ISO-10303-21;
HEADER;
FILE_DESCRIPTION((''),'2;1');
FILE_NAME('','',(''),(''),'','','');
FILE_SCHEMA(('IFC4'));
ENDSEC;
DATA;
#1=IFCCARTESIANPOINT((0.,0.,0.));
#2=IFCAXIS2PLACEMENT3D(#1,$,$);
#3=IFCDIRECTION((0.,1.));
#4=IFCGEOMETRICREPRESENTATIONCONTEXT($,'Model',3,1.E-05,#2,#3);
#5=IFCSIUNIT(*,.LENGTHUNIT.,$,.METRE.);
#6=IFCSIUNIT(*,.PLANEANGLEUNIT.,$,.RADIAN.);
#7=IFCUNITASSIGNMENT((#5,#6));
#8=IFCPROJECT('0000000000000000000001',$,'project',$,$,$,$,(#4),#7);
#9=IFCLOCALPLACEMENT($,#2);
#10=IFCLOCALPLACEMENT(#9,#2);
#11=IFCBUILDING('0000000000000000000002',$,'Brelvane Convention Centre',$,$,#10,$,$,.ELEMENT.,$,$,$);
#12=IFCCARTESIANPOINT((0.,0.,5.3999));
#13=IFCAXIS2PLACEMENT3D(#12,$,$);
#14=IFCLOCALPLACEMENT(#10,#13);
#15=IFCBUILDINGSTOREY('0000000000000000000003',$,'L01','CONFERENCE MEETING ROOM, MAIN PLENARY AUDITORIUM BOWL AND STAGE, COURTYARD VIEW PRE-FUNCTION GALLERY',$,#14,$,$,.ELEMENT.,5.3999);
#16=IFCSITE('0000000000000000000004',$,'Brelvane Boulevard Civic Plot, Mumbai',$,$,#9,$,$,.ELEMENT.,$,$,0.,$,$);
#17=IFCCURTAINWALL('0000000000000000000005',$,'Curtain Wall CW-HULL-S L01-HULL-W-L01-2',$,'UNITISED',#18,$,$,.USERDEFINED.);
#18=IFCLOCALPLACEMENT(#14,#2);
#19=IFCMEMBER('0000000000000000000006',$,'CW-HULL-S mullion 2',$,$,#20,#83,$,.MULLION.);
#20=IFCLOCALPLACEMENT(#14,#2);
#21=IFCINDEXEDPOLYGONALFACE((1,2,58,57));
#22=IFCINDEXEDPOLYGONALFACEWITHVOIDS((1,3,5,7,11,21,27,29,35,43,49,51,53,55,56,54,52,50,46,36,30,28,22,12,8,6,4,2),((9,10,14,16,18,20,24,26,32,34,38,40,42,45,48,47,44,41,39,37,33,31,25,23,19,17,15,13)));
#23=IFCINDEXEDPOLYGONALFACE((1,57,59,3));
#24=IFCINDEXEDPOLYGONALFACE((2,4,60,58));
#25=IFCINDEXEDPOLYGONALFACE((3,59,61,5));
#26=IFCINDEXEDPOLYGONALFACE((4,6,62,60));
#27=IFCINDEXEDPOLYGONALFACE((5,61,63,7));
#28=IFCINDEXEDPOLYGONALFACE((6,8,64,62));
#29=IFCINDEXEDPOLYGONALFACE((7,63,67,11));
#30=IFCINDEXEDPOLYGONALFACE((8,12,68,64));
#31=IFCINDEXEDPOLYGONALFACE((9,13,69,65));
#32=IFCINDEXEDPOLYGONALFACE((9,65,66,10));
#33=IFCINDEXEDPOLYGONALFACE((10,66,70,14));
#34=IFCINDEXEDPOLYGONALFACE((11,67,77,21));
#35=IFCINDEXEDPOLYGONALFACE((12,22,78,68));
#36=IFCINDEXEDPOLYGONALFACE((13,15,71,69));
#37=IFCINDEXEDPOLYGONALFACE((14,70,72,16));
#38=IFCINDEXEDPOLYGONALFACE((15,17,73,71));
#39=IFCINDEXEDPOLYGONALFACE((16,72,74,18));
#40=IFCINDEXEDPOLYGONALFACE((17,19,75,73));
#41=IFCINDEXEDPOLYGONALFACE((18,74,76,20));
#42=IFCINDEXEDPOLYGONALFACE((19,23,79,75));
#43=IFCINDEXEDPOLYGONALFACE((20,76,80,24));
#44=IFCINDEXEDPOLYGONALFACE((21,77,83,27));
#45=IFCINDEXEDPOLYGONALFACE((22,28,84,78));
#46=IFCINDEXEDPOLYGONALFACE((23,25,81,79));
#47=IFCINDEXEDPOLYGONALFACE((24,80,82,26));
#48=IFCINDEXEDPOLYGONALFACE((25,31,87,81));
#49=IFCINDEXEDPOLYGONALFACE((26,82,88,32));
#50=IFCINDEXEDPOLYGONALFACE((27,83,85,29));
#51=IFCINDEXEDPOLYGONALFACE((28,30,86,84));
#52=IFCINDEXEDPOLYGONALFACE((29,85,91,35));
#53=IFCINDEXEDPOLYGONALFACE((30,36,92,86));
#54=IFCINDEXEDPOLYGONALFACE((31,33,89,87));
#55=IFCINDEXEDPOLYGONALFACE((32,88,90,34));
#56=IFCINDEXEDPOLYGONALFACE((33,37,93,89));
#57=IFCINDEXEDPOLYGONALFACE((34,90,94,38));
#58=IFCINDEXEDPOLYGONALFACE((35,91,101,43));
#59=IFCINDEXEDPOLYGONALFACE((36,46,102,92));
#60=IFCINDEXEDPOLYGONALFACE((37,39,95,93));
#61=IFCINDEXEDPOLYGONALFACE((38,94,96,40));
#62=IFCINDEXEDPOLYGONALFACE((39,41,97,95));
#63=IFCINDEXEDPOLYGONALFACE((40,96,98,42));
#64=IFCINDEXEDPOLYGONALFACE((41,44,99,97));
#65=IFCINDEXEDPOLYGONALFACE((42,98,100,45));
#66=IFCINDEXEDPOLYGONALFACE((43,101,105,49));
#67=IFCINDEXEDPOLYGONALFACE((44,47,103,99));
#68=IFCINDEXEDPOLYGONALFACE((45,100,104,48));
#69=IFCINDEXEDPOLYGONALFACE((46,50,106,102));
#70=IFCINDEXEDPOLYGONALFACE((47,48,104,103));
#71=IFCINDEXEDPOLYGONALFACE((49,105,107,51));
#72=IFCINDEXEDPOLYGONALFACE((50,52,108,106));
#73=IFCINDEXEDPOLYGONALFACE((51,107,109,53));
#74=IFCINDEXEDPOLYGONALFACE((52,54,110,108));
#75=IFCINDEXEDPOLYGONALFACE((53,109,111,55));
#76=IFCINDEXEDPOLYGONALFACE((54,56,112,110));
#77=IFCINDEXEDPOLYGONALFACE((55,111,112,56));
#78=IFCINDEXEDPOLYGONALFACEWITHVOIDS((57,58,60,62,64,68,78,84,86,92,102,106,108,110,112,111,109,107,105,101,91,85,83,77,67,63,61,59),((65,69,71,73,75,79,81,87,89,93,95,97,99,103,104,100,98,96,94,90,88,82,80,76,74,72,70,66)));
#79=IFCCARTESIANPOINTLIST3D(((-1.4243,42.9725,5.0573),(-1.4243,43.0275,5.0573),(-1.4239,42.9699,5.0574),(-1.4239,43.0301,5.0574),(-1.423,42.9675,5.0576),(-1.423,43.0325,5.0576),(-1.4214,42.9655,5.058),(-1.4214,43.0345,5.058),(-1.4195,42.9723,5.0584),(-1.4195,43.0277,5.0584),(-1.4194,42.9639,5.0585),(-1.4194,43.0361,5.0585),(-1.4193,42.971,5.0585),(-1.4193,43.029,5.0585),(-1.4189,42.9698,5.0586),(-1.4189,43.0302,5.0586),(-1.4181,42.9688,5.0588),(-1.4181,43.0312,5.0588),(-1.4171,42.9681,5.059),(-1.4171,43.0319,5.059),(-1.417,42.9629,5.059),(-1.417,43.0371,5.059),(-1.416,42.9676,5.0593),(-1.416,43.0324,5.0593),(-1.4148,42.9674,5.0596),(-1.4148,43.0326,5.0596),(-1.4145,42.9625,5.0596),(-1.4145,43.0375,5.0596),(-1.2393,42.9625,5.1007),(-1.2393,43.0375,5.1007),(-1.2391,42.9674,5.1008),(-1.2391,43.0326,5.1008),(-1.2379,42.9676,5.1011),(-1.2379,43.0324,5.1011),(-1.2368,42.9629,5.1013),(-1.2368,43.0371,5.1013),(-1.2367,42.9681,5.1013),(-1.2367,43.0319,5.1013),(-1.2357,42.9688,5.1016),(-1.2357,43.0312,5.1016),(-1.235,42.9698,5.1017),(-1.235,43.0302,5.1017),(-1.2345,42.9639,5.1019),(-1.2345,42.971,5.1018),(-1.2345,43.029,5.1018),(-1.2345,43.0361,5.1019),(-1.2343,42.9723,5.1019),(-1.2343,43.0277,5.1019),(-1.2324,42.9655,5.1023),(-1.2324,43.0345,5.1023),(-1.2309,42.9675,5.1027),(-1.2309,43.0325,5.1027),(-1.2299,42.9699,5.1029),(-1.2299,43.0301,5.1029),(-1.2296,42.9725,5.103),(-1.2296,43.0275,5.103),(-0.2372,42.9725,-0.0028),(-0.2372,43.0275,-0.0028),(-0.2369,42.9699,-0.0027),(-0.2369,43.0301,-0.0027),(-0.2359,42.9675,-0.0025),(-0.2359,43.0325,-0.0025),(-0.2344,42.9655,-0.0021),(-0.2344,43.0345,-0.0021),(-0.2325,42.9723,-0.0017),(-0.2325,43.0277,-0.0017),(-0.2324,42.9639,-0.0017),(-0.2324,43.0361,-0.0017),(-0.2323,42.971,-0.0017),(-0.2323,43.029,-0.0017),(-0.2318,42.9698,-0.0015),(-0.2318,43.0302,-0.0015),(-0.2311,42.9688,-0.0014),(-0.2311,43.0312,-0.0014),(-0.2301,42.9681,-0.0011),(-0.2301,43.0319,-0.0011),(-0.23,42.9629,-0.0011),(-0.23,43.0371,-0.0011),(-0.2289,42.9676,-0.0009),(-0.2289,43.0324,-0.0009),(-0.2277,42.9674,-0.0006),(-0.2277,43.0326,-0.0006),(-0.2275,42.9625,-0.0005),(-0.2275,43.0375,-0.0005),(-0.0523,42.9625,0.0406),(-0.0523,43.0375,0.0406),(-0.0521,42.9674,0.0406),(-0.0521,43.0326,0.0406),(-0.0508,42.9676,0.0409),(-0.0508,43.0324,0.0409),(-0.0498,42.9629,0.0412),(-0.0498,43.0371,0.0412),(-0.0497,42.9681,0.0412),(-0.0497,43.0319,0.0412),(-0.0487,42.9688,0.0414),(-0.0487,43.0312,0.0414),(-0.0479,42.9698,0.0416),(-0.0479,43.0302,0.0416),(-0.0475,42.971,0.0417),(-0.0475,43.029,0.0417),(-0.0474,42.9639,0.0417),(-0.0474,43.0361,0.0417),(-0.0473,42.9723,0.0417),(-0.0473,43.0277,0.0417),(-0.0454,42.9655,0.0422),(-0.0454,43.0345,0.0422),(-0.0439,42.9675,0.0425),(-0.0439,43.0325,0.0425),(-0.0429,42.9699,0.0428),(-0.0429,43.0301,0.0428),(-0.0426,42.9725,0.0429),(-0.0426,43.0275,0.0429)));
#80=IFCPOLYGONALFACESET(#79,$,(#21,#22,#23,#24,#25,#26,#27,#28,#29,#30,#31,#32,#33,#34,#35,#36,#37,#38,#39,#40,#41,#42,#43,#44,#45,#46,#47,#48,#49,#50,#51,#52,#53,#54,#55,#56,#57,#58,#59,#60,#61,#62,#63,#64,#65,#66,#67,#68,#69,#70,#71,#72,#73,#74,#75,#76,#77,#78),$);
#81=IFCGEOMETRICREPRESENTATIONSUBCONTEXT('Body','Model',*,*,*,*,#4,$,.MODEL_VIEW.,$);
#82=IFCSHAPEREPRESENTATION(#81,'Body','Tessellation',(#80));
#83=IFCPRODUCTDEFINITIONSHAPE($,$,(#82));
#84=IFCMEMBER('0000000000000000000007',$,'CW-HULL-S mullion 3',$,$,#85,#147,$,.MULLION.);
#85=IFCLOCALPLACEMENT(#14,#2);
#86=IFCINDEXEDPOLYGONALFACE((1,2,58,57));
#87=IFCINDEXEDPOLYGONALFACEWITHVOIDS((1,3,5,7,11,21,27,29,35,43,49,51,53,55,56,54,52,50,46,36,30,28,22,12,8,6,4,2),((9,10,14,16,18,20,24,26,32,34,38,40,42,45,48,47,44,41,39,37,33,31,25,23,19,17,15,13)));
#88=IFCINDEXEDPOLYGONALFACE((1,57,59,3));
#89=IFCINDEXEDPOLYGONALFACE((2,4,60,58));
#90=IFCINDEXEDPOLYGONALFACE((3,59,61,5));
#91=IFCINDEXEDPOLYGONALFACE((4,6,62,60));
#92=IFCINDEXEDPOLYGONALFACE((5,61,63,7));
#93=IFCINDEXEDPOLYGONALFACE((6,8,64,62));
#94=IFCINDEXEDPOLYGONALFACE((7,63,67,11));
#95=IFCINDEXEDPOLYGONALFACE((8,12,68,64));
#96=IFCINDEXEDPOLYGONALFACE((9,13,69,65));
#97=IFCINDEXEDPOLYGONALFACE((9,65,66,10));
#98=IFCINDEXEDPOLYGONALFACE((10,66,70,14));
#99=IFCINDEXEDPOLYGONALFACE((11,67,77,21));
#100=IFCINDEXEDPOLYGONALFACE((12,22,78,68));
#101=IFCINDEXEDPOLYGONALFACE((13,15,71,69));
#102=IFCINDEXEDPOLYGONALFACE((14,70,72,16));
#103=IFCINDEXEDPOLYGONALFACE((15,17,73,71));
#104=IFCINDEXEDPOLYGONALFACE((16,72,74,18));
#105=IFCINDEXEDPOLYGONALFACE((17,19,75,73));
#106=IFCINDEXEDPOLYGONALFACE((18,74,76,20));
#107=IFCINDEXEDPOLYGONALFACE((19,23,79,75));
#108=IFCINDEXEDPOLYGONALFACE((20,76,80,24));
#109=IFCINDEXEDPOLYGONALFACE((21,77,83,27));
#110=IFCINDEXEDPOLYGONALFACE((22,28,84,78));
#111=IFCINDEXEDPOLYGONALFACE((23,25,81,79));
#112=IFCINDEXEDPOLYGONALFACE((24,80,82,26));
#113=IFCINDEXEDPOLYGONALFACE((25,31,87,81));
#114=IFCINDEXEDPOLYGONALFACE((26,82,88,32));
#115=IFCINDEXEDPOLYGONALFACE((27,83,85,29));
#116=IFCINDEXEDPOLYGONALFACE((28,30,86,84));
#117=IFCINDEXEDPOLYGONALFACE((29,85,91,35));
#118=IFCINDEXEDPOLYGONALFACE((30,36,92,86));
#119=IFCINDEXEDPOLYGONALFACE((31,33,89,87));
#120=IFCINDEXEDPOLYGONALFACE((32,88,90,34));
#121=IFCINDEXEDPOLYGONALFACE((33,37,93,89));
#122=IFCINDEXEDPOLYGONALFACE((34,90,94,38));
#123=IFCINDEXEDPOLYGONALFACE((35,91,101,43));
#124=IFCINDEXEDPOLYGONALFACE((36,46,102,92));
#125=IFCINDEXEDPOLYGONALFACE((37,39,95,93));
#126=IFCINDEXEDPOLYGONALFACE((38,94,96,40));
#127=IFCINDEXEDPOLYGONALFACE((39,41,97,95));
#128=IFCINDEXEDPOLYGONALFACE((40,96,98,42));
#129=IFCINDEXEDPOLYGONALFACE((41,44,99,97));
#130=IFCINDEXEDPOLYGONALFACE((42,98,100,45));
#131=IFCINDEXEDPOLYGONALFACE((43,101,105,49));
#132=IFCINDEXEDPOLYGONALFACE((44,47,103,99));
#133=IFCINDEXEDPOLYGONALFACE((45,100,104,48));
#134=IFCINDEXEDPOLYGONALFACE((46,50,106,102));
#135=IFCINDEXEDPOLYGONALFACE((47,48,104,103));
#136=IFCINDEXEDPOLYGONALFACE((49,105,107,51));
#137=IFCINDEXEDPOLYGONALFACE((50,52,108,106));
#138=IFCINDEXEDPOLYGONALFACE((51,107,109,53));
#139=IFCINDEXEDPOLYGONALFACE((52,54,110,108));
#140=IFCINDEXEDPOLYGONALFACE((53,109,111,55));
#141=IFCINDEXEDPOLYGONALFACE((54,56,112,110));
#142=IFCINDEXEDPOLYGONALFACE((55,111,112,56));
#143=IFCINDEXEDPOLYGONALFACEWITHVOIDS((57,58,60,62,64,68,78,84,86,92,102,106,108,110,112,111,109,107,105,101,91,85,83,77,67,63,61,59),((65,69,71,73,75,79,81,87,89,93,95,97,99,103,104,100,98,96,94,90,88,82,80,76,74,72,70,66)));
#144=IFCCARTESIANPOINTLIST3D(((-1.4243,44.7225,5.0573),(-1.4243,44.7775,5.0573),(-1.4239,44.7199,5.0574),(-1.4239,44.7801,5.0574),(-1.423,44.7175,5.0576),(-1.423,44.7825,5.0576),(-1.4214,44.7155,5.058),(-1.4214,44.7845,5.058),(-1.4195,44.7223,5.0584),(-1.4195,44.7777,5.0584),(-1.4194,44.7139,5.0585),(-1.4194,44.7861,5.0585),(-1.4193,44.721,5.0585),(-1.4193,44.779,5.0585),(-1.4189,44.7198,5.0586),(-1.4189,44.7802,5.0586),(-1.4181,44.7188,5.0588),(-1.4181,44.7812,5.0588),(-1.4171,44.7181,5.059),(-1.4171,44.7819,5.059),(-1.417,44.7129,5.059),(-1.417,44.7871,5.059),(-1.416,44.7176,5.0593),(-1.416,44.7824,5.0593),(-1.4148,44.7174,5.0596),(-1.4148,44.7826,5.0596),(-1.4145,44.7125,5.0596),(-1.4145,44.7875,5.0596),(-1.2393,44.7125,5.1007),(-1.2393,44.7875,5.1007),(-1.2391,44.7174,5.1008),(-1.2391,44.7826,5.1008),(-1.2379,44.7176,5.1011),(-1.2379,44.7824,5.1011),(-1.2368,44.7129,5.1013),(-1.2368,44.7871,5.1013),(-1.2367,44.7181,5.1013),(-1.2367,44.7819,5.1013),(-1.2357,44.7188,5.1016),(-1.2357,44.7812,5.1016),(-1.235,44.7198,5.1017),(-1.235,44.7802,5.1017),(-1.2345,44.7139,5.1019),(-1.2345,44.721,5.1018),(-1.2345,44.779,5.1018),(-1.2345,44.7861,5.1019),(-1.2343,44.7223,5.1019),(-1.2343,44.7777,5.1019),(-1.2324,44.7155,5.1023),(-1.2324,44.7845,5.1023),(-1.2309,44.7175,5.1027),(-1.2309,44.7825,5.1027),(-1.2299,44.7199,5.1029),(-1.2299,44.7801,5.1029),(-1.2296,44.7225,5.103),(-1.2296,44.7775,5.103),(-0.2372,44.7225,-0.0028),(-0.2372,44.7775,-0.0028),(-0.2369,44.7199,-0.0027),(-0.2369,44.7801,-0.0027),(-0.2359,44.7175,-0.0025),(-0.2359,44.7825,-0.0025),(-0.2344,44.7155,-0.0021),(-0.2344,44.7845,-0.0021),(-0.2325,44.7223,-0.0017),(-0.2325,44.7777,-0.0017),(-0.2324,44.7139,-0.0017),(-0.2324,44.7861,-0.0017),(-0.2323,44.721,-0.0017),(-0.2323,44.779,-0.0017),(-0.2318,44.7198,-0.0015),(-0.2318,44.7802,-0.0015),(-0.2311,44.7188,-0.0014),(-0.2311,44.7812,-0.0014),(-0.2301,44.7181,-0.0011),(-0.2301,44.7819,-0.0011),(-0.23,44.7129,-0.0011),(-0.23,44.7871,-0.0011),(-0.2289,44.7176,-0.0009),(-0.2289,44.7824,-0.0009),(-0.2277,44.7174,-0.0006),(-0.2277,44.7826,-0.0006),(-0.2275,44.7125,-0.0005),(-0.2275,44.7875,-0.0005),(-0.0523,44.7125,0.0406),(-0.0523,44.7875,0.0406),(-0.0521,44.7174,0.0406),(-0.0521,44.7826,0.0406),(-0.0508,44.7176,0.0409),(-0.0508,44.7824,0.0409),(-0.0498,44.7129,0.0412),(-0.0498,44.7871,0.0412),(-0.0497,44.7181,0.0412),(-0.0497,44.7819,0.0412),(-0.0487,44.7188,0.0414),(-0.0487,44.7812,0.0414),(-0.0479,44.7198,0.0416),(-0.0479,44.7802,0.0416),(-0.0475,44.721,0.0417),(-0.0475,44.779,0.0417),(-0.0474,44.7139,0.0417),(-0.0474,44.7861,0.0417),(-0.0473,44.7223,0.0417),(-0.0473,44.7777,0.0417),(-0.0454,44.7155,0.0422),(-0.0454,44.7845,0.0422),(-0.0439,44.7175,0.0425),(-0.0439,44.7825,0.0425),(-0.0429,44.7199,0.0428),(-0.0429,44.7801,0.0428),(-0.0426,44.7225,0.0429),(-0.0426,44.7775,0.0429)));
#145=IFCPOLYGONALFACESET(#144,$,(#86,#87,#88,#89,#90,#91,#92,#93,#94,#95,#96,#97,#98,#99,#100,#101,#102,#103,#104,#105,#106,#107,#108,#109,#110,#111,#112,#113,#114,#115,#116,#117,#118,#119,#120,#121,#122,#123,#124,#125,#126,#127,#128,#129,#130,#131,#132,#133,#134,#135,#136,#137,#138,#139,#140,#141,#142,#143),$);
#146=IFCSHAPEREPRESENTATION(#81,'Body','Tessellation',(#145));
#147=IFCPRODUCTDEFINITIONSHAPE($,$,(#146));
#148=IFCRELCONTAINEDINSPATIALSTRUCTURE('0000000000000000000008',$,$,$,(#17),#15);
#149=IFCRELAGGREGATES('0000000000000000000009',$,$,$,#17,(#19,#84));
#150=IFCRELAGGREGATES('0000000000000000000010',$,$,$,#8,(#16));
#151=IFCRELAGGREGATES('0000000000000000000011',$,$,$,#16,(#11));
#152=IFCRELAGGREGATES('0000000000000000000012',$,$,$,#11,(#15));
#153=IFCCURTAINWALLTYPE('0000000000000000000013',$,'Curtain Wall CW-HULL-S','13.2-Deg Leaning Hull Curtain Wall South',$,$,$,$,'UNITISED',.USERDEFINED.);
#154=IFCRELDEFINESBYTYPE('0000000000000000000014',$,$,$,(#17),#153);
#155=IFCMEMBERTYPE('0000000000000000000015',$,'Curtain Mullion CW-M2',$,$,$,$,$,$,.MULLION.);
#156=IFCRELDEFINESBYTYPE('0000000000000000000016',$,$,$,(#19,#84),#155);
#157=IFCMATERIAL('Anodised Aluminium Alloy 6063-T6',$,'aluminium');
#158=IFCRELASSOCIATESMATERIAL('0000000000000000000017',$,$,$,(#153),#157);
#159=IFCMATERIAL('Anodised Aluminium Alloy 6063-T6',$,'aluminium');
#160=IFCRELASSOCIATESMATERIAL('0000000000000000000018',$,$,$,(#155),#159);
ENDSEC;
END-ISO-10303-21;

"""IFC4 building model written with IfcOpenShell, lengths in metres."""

from ifc_helpers import new_model, si_unit, direction, frame, origin, origin_2d, place, context, subcontext, project, spatial, hollow_rectangle, extrude, material, material_profile, profile_set, type_object, element, aggregate, save


model = new_model("IFC4")

# Units and contexts
model_context = context("Model", 3, precision=1e-05, world=origin(), true_north=direction((0.0, 1.0)))
body_context = subcontext(model_context, "Body", "Model", "MODEL_VIEW")
ifc_project = project(units=[si_unit("LENGTHUNIT", "METRE"), si_unit("PLANEANGLEUNIT", "RADIAN")], contexts=[model_context])

# Site, building, storey
site_placement = place(None, origin())
site = spatial("IfcSite", under=ifc_project, at=site_placement, Name="Brelvane Boulevard Civic Plot, Mumbai", CompositionType="ELEMENT", RefElevation=0.0)
building_placement = place(site_placement, origin())
building = spatial("IfcBuilding", under=site, at=building_placement, Name="Brelvane Convention Centre", CompositionType="ELEMENT")
storey_placement = place(building_placement, frame((0.0, 0.0, 5.3999)))
storey = spatial("IfcBuildingStorey", under=building, at=storey_placement, Name="L01", Description="CONFERENCE MEETING ROOM, MAIN PLENARY AUDITORIUM BOWL AND STAGE, COURTYARD VIEW PRE-FUNCTION GALLERY", CompositionType="ELEMENT", Elevation=5.3999)

# Curtain wall, members
ifc_material_1 = material(Name="Anodised Aluminium Alloy 6063-T6", Category="aluminium")
curtain_wall_type = type_object("IfcCurtainWallType", Name="Curtain Wall CW-HULL-S", Description="13.2-Deg Leaning Hull Curtain Wall South", ElementType="UNITISED", PredefinedType="USERDEFINED", material=ifc_material_1)
ifc_material_2 = material(Name="Anodised Aluminium Alloy 6063-T6", Category="aluminium")
ifc_material_profile_1 = material_profile(ifc_material_2, hollow_rectangle(XDim=0.075, YDim=0.2, WallThickness=0.0049, InnerFilletRadius=0.0049, OuterFilletRadius=0.01, at=origin_2d()), Name="ALU-M 200x75x5.0")
ifc_profile_set_1 = profile_set([ifc_material_profile_1], Name="Anodised Aluminium Alloy 6063-T6")
member_type_1 = type_object("IfcMemberType", Name="Curtain Mullion CW-M2", PredefinedType="MULLION", material=ifc_profile_set_1)
curtain_wall_1_placement = place(storey_placement, origin())
curtain_wall_1 = element("IfcCurtainWall", 1, at=curtain_wall_1_placement, inside=storey, type_object=curtain_wall_type, Name="Curtain Wall CW-HULL-S L01-HULL-W-L01-2", ObjectType="UNITISED", PredefinedType="USERDEFINED")
member_1_placement = place(storey_placement, frame((-0.1399, 43.0, 0.02), z_axis=(-0.228385, 0.0, 0.973571), x_axis=(0.0, -1.0, 0.0)))
member_1 = element("IfcMember", 2, at=member_1_placement, type_object=member_type_1, Name="CW-HULL-S mullion 2", PredefinedType="MULLION", context=body_context, shape_type="SweptSolid", body=[
    extrude(hollow_rectangle(XDim=0.075, YDim=0.2, WallThickness=0.0049, InnerFilletRadius=0.0049, OuterFilletRadius=0.01, at=origin_2d()), origin(), (0.0, 0.0, 1.0), 5.1975),
])
member_2_placement = place(storey_placement, frame((-0.1399, 44.75, 0.02), z_axis=(-0.228385, 0.0, 0.973571), x_axis=(0.0, -1.0, 0.0)))
member_2 = element("IfcMember", 3, at=member_2_placement, type_object=member_type_1, Name="CW-HULL-S mullion 3", PredefinedType="MULLION", context=body_context, shape_type="SweptSolid", body=[
    extrude(hollow_rectangle(XDim=0.075, YDim=0.2, WallThickness=0.0049, InnerFilletRadius=0.0049, OuterFilletRadius=0.01, at=origin_2d()), origin(), (0.0, 0.0, 1.0), 5.1975),
])

aggregate(curtain_wall_1, [member_1, member_2])

save(model, "model.ifc")
